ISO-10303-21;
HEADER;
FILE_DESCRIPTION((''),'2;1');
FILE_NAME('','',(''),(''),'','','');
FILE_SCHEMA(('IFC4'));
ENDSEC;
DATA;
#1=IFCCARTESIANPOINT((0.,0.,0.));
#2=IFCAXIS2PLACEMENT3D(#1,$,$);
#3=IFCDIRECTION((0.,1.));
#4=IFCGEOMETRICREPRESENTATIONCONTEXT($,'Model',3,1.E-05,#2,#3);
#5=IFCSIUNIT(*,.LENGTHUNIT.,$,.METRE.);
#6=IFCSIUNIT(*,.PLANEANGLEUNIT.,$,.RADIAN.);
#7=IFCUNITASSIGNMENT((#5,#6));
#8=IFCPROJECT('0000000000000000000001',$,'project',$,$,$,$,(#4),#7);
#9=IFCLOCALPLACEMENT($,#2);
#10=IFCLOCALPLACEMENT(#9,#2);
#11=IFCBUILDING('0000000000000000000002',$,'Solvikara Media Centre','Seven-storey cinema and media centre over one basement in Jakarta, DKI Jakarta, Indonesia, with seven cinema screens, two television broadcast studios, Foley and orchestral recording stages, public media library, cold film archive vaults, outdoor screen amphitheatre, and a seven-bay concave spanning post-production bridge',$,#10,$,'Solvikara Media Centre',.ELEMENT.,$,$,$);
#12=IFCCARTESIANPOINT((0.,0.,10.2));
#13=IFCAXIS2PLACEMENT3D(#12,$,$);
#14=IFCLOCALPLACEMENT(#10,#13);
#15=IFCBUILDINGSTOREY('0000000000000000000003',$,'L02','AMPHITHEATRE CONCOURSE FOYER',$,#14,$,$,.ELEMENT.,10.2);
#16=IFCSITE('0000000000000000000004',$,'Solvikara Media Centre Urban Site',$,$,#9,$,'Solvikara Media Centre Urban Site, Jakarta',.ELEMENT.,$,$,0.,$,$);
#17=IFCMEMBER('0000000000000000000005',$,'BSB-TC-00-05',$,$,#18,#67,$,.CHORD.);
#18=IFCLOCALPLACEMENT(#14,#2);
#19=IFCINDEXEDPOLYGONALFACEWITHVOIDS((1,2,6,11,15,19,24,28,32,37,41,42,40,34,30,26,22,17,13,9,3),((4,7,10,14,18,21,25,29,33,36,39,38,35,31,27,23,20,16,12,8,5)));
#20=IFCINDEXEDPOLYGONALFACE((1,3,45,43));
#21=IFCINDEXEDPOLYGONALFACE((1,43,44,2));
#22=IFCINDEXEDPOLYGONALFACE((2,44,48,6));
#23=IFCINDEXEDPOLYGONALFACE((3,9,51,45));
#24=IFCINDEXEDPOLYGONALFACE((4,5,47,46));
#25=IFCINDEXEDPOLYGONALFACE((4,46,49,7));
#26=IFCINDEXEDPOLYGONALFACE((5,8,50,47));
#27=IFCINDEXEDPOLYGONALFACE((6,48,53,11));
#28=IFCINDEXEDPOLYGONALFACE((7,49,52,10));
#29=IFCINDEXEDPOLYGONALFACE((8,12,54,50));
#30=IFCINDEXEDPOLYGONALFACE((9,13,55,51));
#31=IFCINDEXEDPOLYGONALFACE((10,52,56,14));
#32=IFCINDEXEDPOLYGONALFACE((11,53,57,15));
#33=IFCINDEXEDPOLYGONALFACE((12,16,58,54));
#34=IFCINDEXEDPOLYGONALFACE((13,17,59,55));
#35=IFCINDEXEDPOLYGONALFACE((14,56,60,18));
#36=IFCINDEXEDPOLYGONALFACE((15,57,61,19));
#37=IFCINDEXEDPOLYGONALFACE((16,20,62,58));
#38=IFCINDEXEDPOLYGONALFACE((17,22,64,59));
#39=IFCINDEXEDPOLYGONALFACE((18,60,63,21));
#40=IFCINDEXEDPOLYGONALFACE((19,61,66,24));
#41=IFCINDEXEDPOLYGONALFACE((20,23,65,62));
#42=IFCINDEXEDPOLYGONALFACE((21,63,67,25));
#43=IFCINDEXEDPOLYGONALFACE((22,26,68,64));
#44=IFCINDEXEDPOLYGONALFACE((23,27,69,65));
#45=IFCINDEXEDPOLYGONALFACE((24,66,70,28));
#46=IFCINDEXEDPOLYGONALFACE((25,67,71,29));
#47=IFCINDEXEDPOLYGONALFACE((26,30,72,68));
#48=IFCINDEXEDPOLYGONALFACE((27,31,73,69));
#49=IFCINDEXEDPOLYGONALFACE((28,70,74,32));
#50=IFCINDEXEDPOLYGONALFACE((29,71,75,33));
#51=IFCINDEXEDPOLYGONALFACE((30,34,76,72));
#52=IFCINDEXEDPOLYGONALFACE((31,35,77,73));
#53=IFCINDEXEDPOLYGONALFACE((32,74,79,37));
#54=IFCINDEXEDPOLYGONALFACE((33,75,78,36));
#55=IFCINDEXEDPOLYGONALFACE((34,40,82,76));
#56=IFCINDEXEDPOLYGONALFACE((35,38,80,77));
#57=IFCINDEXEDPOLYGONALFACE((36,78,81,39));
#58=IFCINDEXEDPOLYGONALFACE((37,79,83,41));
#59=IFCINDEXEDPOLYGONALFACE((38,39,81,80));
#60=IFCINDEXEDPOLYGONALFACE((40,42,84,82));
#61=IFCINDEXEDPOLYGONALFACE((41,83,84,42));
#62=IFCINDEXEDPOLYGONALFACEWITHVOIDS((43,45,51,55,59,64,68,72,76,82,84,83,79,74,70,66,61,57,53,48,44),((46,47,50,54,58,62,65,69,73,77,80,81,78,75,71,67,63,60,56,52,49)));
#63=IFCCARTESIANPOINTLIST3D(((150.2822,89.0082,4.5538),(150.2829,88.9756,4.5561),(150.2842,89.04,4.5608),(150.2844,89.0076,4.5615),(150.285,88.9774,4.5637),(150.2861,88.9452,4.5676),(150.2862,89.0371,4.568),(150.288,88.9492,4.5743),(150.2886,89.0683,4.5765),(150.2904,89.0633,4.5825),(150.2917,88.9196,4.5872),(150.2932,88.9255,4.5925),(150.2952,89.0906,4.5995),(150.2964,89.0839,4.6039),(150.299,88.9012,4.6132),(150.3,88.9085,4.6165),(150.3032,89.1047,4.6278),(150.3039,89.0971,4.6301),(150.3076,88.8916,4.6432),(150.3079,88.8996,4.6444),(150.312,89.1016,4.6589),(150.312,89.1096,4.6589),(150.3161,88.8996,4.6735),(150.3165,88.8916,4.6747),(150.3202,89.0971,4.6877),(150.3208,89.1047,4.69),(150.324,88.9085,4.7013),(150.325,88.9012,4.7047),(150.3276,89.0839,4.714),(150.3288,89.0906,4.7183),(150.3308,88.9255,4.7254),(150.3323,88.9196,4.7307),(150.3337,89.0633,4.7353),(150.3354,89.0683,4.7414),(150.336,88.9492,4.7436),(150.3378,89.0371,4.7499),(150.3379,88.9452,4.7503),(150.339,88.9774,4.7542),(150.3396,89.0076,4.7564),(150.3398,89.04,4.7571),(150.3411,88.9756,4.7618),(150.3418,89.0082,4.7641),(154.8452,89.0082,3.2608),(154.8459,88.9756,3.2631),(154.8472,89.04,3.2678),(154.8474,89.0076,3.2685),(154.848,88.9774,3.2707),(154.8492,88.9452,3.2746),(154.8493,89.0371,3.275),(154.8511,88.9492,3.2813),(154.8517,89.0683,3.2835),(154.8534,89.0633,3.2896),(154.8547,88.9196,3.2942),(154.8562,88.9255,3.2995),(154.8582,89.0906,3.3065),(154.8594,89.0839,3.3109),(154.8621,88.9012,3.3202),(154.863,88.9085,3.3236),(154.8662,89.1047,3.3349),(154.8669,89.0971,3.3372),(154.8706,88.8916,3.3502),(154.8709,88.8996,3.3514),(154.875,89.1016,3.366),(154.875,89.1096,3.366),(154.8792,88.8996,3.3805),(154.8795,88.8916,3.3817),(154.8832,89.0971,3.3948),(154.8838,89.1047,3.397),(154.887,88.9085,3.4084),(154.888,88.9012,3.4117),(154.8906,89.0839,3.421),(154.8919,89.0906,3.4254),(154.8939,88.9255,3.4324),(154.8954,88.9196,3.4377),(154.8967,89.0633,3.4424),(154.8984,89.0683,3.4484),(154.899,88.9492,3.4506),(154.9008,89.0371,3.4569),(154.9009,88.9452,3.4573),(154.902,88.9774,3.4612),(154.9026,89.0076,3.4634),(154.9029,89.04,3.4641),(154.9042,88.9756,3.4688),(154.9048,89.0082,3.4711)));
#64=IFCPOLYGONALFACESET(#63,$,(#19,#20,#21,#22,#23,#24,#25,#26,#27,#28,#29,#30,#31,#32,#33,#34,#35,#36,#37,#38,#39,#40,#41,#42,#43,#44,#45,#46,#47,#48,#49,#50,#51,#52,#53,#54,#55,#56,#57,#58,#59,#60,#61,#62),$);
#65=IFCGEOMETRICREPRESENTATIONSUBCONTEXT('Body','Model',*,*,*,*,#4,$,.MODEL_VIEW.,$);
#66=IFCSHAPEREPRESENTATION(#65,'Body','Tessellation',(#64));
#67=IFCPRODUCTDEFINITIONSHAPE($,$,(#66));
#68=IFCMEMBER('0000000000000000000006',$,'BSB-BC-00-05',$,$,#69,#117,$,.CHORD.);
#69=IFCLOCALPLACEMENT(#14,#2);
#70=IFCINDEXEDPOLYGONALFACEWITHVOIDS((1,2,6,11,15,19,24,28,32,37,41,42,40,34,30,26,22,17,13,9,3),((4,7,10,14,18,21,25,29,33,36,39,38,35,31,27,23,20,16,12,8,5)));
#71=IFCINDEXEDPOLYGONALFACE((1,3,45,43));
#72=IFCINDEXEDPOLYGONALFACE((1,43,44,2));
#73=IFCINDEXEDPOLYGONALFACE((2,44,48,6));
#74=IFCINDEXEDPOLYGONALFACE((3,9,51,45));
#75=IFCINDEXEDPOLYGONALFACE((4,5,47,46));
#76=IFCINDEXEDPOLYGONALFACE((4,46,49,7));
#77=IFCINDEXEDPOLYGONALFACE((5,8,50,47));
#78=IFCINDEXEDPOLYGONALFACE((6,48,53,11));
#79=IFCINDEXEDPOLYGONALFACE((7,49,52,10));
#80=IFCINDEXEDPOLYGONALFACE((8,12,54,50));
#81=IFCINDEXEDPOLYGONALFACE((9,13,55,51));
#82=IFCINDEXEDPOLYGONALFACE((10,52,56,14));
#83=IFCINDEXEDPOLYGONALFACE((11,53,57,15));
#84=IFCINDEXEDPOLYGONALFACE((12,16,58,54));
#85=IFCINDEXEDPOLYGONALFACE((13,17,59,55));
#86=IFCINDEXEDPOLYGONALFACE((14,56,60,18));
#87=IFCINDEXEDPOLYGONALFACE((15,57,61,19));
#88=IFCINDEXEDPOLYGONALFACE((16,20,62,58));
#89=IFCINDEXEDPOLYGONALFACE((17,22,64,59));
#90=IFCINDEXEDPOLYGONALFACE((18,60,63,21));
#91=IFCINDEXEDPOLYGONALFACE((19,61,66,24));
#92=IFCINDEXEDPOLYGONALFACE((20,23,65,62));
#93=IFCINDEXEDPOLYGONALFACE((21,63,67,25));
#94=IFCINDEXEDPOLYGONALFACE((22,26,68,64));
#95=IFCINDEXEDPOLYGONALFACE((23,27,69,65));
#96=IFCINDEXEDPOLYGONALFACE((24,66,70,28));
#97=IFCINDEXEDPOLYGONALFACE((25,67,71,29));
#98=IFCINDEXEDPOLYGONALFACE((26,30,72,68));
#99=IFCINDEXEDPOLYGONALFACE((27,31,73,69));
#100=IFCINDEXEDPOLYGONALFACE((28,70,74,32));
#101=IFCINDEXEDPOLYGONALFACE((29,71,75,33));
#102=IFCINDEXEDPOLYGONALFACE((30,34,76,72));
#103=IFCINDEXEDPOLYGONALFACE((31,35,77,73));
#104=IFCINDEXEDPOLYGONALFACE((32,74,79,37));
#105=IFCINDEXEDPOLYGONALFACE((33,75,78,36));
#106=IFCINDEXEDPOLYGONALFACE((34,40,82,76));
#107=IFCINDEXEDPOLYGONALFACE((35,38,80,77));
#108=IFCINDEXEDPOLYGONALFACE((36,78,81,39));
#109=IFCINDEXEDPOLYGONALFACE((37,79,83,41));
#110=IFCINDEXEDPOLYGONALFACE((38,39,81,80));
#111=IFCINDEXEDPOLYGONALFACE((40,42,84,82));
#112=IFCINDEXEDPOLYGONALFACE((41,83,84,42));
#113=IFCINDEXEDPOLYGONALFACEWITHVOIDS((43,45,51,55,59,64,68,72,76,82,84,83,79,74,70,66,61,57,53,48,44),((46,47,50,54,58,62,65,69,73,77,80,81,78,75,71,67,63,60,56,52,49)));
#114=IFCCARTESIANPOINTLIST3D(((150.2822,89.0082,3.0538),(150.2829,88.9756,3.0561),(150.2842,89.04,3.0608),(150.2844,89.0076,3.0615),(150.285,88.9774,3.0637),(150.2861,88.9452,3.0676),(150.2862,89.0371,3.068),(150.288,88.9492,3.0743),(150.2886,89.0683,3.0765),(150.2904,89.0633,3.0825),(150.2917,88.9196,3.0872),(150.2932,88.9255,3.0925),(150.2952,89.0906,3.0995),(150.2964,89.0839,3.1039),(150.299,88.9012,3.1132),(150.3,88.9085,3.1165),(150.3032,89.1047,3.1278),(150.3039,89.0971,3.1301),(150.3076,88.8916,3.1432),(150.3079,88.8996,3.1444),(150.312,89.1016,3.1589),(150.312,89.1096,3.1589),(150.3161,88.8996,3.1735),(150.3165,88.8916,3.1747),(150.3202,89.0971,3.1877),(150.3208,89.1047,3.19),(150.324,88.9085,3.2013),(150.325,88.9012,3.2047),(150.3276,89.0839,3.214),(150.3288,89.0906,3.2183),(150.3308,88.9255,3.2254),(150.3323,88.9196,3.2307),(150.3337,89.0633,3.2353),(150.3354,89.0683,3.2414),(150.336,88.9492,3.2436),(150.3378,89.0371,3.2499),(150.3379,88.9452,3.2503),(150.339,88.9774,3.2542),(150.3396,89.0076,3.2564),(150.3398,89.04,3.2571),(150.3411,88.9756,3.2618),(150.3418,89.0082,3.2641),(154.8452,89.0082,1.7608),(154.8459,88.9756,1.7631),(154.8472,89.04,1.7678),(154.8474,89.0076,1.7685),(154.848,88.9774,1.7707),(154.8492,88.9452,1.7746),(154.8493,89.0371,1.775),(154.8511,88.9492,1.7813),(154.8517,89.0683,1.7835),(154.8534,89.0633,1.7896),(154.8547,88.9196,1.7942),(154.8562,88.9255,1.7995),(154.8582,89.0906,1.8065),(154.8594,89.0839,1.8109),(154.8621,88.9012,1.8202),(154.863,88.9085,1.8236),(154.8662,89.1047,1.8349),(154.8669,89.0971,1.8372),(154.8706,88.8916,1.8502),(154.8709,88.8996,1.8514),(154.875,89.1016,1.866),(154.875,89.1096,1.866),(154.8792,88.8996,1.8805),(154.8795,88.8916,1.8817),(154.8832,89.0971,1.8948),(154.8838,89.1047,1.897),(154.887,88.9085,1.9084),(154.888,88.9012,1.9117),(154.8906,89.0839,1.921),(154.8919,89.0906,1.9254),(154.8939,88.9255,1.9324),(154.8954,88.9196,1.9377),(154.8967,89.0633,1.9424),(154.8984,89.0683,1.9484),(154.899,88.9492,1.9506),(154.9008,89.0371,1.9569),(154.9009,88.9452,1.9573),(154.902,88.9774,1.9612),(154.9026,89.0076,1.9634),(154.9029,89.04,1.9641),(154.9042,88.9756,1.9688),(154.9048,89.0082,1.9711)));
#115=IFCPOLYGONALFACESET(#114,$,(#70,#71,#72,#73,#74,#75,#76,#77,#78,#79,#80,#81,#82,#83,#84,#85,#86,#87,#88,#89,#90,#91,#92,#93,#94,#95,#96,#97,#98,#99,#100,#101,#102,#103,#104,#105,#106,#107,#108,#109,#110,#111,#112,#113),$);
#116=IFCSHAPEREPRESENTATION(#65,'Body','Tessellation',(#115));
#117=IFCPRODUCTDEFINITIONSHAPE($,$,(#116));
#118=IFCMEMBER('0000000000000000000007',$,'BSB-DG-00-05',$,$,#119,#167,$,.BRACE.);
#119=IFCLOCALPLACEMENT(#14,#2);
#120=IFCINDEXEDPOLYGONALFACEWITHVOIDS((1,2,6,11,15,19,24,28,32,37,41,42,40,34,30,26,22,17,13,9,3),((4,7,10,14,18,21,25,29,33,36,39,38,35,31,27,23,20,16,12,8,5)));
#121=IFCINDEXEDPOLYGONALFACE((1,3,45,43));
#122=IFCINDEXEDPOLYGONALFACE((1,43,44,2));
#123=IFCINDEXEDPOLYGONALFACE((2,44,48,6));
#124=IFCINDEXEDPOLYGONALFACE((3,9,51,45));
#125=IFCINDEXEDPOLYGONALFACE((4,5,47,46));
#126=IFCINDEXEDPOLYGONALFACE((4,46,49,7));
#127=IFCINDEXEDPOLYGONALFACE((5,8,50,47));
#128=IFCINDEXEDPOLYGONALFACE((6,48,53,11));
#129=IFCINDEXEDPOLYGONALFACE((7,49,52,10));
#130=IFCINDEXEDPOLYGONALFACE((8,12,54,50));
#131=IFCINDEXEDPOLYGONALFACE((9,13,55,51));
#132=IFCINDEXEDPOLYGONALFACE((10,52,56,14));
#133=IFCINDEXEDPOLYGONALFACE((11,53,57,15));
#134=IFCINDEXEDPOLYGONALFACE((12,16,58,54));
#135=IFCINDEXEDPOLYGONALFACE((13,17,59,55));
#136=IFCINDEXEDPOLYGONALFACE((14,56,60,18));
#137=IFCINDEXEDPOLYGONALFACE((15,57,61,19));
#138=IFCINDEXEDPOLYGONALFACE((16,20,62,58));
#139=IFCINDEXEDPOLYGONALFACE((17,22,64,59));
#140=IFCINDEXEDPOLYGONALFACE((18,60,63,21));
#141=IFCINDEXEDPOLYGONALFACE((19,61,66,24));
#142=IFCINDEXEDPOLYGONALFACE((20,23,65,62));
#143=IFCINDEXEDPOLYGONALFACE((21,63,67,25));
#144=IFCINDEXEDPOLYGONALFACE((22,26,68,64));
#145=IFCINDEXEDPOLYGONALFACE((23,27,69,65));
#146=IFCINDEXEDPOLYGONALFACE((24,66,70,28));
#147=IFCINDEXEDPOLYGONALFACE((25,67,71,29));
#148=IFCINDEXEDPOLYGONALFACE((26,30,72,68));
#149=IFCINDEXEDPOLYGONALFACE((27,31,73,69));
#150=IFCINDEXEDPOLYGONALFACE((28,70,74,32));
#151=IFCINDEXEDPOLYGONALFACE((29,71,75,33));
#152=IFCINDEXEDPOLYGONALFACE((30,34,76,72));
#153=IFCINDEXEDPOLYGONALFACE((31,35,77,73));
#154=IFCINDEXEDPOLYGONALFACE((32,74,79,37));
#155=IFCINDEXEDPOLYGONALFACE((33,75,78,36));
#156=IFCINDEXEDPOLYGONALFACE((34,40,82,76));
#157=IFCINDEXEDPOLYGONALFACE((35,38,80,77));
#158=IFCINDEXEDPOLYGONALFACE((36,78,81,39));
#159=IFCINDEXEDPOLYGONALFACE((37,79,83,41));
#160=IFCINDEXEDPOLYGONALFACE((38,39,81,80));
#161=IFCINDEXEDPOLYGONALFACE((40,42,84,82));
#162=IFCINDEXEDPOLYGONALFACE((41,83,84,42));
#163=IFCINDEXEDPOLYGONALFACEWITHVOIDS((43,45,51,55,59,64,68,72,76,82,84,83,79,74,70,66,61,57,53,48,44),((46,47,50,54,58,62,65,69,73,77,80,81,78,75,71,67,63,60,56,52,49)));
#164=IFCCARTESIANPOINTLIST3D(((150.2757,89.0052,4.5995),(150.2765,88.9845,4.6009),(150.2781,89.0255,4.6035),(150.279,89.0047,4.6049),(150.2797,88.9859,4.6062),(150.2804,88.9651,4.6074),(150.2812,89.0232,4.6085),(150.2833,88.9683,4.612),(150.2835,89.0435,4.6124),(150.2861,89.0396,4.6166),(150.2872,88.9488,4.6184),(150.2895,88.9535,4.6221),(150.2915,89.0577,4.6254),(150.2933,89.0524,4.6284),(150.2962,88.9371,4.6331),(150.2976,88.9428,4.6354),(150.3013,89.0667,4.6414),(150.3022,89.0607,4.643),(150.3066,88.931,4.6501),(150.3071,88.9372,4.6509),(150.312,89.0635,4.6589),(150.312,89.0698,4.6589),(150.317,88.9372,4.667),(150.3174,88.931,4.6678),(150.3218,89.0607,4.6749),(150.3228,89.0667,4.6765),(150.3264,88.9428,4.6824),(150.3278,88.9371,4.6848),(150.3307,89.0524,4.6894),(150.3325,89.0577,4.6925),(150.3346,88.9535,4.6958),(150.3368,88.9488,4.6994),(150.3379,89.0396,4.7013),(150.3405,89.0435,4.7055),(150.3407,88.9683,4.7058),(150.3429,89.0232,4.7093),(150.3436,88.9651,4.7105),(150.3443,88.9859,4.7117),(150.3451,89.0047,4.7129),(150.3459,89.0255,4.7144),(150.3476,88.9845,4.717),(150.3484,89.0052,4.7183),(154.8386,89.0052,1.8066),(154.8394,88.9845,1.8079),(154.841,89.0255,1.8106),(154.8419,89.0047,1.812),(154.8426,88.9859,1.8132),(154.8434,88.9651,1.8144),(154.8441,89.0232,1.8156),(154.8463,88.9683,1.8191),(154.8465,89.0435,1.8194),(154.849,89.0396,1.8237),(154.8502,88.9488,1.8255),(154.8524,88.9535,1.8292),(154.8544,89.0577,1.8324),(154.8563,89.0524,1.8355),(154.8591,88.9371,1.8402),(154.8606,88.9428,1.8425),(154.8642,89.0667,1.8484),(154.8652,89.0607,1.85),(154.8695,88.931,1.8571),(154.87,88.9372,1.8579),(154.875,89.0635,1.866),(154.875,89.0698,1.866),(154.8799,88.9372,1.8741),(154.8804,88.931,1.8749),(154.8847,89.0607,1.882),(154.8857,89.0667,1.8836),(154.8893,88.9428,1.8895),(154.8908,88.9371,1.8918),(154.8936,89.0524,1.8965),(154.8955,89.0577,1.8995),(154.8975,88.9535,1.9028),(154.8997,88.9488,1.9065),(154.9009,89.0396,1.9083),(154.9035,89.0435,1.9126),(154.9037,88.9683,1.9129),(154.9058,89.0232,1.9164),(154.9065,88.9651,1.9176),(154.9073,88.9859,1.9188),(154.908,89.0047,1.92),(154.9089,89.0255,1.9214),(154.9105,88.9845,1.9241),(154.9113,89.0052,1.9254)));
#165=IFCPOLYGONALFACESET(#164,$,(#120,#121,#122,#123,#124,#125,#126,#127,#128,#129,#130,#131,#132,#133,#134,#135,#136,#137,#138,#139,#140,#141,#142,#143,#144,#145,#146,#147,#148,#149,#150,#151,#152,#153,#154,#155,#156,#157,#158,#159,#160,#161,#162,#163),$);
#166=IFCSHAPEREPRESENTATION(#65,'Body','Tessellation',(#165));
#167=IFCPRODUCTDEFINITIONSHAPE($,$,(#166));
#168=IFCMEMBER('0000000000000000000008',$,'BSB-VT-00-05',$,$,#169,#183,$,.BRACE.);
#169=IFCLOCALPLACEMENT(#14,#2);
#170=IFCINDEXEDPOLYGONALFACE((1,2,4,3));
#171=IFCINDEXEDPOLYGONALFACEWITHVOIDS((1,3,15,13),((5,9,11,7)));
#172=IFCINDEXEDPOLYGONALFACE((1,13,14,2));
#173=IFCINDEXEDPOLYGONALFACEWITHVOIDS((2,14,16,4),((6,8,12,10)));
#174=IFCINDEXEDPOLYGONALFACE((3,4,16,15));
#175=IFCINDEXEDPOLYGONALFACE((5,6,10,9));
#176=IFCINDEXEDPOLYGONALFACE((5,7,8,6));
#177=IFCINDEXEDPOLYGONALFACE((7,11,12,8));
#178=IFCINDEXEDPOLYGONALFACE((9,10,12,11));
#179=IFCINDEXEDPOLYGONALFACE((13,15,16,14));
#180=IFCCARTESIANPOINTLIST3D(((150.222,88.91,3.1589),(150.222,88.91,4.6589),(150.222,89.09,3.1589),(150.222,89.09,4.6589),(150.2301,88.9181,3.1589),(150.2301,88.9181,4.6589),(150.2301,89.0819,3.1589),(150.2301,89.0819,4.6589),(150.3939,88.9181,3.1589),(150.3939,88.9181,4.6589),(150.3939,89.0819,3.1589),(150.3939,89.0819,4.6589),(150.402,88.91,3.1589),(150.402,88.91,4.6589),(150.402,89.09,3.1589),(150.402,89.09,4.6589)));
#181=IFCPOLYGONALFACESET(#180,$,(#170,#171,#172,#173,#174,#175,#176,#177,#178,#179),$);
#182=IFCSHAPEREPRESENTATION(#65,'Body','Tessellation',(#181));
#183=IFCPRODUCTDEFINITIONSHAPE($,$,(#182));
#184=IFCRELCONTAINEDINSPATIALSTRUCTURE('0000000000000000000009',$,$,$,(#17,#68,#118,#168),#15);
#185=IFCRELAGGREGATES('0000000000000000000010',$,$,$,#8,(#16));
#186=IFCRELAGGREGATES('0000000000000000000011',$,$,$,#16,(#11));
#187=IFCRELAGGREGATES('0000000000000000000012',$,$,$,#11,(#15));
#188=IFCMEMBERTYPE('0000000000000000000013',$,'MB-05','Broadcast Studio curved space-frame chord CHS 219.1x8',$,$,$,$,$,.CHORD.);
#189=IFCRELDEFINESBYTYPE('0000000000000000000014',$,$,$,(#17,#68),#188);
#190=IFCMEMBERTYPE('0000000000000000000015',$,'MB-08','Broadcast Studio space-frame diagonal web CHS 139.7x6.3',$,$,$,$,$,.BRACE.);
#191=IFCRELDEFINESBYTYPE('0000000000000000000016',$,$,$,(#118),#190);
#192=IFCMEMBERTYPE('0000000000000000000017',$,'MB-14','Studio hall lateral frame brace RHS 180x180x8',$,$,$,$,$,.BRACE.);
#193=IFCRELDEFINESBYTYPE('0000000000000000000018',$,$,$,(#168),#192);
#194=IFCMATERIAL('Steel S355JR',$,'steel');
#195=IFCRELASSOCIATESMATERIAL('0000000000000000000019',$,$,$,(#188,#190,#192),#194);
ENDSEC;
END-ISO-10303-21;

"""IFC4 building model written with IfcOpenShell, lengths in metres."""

from ifc_helpers import new_model, si_unit, direction, frame, origin, origin_2d, place, context, subcontext, project, spatial, hollow_rectangle, hollow_circle, extrude, material, material_profile, profile_set, type_object, element, save


model = new_model("IFC4")

# Units and contexts
model_context = context("Model", 3, precision=1e-05, world=origin(), true_north=direction((0.0, 1.0)))
body_context = subcontext(model_context, "Body", "Model", "MODEL_VIEW")
ifc_project = project(units=[si_unit("LENGTHUNIT", "METRE"), si_unit("PLANEANGLEUNIT", "RADIAN")], contexts=[model_context])

# Site, building, storey
site_placement = place(None, origin())
site = spatial("IfcSite", under=ifc_project, at=site_placement, Name="Solvikara Media Centre Urban Site", LongName="Solvikara Media Centre Urban Site, Jakarta", CompositionType="ELEMENT", RefElevation=0.0)
building_placement = place(site_placement, origin())
building = spatial("IfcBuilding", under=site, at=building_placement, Name="Solvikara Media Centre", Description="Seven-storey cinema and media centre over one basement in Jakarta, DKI Jakarta, Indonesia, with seven cinema screens, two television broadcast studios, Foley and orchestral recording stages, public media library, cold film archive vaults, outdoor screen amphitheatre, and a seven-bay concave spanning post-production bridge", LongName="Solvikara Media Centre", CompositionType="ELEMENT")
storey_placement = place(building_placement, frame((0.0, 0.0, 10.2)))
storey = spatial("IfcBuildingStorey", under=building, at=storey_placement, Name="L02", Description="AMPHITHEATRE CONCOURSE FOYER", CompositionType="ELEMENT", Elevation=10.2)

# Members
ifc_material_1 = material(Name="Steel S355JR", Category="steel")
ifc_material_profile_1 = material_profile(ifc_material_1, hollow_circle(Radius=0.1096, WallThickness=0.0081, at=origin_2d()), Name="CHS 219.1x8")
ifc_profile_set_1 = profile_set([ifc_material_profile_1], Name="Steel S355JR")
member_type_1 = type_object("IfcMemberType", Name="MB-05", Description="Broadcast Studio curved space-frame chord CHS 219.1x8", PredefinedType="CHORD", material=ifc_profile_set_1)
for number, where, z_axis, x_axis, name in (
    (1, (150.312, 89.0, 4.6589), (0.96212, 0.0, -0.272626), (0.0, 1.0, 0.0), "BSB-TC-00-05"),
    (2, (150.312, 89.0, 3.1589), (0.96212, 0.0, -0.272626), (0.0, 1.0, 0.0), "BSB-BC-00-05"),
):
    element("IfcMember", number, at=place(storey_placement, frame(where, z_axis=z_axis, x_axis=x_axis)), inside=storey, type_object=member_type_1, Name=name, PredefinedType="CHORD", context=body_context, shape_type="SweptSolid", body=[
        extrude(hollow_circle(Radius=0.1096, WallThickness=0.0081, at=origin_2d()), origin(), (0.0, 0.0, 1.0), 4.7427),
    ])
ifc_material_profile_2 = material_profile(ifc_material_1, hollow_circle(Radius=0.0698, WallThickness=0.0063, at=origin_2d()), Name="CHS 139.7x6.3")
ifc_profile_set_2 = profile_set([ifc_material_profile_2], Name="Steel S355JR")
member_type_2 = type_object("IfcMemberType", Name="MB-08", Description="Broadcast Studio space-frame diagonal web CHS 139.7x6.3", PredefinedType="BRACE", material=ifc_profile_set_2)
member_1_placement = place(storey_placement, frame((150.312, 89.0, 4.6589), z_axis=(0.852909, 0.0, -0.522059), x_axis=(0.0, 1.0, 0.0)))
element("IfcMember", 3, at=member_1_placement, inside=storey, type_object=member_type_2, Name="BSB-DG-00-05", PredefinedType="BRACE", context=body_context, shape_type="SweptSolid", body=[
    extrude(hollow_circle(Radius=0.0698, WallThickness=0.0063, at=origin_2d()), origin(), (0.0, 0.0, 1.0), 5.3499),
])
ifc_material_profile_3 = material_profile(ifc_material_1, hollow_rectangle(XDim=0.1799, YDim=0.1799, WallThickness=0.0081, at=origin_2d()), Name="RHS 180x180x8")
ifc_profile_set_3 = profile_set([ifc_material_profile_3], Name="Steel S355JR")
member_type_3 = type_object("IfcMemberType", Name="MB-14", Description="Studio hall lateral frame brace RHS 180x180x8", PredefinedType="BRACE", material=ifc_profile_set_3)
member_2_placement = place(storey_placement, frame((150.312, 89.0, 3.1589), z_axis=(0.0, 0.0, 1.0), x_axis=(1.0, 0.0, 0.0)))
element("IfcMember", 4, at=member_2_placement, inside=storey, type_object=member_type_3, Name="BSB-VT-00-05", PredefinedType="BRACE", context=body_context, shape_type="SweptSolid", body=[
    extrude(hollow_rectangle(XDim=0.1799, YDim=0.1799, WallThickness=0.0081, at=origin_2d()), origin(), (0.0, 0.0, 1.0), 1.5),
])

save(model, "model.ifc")
